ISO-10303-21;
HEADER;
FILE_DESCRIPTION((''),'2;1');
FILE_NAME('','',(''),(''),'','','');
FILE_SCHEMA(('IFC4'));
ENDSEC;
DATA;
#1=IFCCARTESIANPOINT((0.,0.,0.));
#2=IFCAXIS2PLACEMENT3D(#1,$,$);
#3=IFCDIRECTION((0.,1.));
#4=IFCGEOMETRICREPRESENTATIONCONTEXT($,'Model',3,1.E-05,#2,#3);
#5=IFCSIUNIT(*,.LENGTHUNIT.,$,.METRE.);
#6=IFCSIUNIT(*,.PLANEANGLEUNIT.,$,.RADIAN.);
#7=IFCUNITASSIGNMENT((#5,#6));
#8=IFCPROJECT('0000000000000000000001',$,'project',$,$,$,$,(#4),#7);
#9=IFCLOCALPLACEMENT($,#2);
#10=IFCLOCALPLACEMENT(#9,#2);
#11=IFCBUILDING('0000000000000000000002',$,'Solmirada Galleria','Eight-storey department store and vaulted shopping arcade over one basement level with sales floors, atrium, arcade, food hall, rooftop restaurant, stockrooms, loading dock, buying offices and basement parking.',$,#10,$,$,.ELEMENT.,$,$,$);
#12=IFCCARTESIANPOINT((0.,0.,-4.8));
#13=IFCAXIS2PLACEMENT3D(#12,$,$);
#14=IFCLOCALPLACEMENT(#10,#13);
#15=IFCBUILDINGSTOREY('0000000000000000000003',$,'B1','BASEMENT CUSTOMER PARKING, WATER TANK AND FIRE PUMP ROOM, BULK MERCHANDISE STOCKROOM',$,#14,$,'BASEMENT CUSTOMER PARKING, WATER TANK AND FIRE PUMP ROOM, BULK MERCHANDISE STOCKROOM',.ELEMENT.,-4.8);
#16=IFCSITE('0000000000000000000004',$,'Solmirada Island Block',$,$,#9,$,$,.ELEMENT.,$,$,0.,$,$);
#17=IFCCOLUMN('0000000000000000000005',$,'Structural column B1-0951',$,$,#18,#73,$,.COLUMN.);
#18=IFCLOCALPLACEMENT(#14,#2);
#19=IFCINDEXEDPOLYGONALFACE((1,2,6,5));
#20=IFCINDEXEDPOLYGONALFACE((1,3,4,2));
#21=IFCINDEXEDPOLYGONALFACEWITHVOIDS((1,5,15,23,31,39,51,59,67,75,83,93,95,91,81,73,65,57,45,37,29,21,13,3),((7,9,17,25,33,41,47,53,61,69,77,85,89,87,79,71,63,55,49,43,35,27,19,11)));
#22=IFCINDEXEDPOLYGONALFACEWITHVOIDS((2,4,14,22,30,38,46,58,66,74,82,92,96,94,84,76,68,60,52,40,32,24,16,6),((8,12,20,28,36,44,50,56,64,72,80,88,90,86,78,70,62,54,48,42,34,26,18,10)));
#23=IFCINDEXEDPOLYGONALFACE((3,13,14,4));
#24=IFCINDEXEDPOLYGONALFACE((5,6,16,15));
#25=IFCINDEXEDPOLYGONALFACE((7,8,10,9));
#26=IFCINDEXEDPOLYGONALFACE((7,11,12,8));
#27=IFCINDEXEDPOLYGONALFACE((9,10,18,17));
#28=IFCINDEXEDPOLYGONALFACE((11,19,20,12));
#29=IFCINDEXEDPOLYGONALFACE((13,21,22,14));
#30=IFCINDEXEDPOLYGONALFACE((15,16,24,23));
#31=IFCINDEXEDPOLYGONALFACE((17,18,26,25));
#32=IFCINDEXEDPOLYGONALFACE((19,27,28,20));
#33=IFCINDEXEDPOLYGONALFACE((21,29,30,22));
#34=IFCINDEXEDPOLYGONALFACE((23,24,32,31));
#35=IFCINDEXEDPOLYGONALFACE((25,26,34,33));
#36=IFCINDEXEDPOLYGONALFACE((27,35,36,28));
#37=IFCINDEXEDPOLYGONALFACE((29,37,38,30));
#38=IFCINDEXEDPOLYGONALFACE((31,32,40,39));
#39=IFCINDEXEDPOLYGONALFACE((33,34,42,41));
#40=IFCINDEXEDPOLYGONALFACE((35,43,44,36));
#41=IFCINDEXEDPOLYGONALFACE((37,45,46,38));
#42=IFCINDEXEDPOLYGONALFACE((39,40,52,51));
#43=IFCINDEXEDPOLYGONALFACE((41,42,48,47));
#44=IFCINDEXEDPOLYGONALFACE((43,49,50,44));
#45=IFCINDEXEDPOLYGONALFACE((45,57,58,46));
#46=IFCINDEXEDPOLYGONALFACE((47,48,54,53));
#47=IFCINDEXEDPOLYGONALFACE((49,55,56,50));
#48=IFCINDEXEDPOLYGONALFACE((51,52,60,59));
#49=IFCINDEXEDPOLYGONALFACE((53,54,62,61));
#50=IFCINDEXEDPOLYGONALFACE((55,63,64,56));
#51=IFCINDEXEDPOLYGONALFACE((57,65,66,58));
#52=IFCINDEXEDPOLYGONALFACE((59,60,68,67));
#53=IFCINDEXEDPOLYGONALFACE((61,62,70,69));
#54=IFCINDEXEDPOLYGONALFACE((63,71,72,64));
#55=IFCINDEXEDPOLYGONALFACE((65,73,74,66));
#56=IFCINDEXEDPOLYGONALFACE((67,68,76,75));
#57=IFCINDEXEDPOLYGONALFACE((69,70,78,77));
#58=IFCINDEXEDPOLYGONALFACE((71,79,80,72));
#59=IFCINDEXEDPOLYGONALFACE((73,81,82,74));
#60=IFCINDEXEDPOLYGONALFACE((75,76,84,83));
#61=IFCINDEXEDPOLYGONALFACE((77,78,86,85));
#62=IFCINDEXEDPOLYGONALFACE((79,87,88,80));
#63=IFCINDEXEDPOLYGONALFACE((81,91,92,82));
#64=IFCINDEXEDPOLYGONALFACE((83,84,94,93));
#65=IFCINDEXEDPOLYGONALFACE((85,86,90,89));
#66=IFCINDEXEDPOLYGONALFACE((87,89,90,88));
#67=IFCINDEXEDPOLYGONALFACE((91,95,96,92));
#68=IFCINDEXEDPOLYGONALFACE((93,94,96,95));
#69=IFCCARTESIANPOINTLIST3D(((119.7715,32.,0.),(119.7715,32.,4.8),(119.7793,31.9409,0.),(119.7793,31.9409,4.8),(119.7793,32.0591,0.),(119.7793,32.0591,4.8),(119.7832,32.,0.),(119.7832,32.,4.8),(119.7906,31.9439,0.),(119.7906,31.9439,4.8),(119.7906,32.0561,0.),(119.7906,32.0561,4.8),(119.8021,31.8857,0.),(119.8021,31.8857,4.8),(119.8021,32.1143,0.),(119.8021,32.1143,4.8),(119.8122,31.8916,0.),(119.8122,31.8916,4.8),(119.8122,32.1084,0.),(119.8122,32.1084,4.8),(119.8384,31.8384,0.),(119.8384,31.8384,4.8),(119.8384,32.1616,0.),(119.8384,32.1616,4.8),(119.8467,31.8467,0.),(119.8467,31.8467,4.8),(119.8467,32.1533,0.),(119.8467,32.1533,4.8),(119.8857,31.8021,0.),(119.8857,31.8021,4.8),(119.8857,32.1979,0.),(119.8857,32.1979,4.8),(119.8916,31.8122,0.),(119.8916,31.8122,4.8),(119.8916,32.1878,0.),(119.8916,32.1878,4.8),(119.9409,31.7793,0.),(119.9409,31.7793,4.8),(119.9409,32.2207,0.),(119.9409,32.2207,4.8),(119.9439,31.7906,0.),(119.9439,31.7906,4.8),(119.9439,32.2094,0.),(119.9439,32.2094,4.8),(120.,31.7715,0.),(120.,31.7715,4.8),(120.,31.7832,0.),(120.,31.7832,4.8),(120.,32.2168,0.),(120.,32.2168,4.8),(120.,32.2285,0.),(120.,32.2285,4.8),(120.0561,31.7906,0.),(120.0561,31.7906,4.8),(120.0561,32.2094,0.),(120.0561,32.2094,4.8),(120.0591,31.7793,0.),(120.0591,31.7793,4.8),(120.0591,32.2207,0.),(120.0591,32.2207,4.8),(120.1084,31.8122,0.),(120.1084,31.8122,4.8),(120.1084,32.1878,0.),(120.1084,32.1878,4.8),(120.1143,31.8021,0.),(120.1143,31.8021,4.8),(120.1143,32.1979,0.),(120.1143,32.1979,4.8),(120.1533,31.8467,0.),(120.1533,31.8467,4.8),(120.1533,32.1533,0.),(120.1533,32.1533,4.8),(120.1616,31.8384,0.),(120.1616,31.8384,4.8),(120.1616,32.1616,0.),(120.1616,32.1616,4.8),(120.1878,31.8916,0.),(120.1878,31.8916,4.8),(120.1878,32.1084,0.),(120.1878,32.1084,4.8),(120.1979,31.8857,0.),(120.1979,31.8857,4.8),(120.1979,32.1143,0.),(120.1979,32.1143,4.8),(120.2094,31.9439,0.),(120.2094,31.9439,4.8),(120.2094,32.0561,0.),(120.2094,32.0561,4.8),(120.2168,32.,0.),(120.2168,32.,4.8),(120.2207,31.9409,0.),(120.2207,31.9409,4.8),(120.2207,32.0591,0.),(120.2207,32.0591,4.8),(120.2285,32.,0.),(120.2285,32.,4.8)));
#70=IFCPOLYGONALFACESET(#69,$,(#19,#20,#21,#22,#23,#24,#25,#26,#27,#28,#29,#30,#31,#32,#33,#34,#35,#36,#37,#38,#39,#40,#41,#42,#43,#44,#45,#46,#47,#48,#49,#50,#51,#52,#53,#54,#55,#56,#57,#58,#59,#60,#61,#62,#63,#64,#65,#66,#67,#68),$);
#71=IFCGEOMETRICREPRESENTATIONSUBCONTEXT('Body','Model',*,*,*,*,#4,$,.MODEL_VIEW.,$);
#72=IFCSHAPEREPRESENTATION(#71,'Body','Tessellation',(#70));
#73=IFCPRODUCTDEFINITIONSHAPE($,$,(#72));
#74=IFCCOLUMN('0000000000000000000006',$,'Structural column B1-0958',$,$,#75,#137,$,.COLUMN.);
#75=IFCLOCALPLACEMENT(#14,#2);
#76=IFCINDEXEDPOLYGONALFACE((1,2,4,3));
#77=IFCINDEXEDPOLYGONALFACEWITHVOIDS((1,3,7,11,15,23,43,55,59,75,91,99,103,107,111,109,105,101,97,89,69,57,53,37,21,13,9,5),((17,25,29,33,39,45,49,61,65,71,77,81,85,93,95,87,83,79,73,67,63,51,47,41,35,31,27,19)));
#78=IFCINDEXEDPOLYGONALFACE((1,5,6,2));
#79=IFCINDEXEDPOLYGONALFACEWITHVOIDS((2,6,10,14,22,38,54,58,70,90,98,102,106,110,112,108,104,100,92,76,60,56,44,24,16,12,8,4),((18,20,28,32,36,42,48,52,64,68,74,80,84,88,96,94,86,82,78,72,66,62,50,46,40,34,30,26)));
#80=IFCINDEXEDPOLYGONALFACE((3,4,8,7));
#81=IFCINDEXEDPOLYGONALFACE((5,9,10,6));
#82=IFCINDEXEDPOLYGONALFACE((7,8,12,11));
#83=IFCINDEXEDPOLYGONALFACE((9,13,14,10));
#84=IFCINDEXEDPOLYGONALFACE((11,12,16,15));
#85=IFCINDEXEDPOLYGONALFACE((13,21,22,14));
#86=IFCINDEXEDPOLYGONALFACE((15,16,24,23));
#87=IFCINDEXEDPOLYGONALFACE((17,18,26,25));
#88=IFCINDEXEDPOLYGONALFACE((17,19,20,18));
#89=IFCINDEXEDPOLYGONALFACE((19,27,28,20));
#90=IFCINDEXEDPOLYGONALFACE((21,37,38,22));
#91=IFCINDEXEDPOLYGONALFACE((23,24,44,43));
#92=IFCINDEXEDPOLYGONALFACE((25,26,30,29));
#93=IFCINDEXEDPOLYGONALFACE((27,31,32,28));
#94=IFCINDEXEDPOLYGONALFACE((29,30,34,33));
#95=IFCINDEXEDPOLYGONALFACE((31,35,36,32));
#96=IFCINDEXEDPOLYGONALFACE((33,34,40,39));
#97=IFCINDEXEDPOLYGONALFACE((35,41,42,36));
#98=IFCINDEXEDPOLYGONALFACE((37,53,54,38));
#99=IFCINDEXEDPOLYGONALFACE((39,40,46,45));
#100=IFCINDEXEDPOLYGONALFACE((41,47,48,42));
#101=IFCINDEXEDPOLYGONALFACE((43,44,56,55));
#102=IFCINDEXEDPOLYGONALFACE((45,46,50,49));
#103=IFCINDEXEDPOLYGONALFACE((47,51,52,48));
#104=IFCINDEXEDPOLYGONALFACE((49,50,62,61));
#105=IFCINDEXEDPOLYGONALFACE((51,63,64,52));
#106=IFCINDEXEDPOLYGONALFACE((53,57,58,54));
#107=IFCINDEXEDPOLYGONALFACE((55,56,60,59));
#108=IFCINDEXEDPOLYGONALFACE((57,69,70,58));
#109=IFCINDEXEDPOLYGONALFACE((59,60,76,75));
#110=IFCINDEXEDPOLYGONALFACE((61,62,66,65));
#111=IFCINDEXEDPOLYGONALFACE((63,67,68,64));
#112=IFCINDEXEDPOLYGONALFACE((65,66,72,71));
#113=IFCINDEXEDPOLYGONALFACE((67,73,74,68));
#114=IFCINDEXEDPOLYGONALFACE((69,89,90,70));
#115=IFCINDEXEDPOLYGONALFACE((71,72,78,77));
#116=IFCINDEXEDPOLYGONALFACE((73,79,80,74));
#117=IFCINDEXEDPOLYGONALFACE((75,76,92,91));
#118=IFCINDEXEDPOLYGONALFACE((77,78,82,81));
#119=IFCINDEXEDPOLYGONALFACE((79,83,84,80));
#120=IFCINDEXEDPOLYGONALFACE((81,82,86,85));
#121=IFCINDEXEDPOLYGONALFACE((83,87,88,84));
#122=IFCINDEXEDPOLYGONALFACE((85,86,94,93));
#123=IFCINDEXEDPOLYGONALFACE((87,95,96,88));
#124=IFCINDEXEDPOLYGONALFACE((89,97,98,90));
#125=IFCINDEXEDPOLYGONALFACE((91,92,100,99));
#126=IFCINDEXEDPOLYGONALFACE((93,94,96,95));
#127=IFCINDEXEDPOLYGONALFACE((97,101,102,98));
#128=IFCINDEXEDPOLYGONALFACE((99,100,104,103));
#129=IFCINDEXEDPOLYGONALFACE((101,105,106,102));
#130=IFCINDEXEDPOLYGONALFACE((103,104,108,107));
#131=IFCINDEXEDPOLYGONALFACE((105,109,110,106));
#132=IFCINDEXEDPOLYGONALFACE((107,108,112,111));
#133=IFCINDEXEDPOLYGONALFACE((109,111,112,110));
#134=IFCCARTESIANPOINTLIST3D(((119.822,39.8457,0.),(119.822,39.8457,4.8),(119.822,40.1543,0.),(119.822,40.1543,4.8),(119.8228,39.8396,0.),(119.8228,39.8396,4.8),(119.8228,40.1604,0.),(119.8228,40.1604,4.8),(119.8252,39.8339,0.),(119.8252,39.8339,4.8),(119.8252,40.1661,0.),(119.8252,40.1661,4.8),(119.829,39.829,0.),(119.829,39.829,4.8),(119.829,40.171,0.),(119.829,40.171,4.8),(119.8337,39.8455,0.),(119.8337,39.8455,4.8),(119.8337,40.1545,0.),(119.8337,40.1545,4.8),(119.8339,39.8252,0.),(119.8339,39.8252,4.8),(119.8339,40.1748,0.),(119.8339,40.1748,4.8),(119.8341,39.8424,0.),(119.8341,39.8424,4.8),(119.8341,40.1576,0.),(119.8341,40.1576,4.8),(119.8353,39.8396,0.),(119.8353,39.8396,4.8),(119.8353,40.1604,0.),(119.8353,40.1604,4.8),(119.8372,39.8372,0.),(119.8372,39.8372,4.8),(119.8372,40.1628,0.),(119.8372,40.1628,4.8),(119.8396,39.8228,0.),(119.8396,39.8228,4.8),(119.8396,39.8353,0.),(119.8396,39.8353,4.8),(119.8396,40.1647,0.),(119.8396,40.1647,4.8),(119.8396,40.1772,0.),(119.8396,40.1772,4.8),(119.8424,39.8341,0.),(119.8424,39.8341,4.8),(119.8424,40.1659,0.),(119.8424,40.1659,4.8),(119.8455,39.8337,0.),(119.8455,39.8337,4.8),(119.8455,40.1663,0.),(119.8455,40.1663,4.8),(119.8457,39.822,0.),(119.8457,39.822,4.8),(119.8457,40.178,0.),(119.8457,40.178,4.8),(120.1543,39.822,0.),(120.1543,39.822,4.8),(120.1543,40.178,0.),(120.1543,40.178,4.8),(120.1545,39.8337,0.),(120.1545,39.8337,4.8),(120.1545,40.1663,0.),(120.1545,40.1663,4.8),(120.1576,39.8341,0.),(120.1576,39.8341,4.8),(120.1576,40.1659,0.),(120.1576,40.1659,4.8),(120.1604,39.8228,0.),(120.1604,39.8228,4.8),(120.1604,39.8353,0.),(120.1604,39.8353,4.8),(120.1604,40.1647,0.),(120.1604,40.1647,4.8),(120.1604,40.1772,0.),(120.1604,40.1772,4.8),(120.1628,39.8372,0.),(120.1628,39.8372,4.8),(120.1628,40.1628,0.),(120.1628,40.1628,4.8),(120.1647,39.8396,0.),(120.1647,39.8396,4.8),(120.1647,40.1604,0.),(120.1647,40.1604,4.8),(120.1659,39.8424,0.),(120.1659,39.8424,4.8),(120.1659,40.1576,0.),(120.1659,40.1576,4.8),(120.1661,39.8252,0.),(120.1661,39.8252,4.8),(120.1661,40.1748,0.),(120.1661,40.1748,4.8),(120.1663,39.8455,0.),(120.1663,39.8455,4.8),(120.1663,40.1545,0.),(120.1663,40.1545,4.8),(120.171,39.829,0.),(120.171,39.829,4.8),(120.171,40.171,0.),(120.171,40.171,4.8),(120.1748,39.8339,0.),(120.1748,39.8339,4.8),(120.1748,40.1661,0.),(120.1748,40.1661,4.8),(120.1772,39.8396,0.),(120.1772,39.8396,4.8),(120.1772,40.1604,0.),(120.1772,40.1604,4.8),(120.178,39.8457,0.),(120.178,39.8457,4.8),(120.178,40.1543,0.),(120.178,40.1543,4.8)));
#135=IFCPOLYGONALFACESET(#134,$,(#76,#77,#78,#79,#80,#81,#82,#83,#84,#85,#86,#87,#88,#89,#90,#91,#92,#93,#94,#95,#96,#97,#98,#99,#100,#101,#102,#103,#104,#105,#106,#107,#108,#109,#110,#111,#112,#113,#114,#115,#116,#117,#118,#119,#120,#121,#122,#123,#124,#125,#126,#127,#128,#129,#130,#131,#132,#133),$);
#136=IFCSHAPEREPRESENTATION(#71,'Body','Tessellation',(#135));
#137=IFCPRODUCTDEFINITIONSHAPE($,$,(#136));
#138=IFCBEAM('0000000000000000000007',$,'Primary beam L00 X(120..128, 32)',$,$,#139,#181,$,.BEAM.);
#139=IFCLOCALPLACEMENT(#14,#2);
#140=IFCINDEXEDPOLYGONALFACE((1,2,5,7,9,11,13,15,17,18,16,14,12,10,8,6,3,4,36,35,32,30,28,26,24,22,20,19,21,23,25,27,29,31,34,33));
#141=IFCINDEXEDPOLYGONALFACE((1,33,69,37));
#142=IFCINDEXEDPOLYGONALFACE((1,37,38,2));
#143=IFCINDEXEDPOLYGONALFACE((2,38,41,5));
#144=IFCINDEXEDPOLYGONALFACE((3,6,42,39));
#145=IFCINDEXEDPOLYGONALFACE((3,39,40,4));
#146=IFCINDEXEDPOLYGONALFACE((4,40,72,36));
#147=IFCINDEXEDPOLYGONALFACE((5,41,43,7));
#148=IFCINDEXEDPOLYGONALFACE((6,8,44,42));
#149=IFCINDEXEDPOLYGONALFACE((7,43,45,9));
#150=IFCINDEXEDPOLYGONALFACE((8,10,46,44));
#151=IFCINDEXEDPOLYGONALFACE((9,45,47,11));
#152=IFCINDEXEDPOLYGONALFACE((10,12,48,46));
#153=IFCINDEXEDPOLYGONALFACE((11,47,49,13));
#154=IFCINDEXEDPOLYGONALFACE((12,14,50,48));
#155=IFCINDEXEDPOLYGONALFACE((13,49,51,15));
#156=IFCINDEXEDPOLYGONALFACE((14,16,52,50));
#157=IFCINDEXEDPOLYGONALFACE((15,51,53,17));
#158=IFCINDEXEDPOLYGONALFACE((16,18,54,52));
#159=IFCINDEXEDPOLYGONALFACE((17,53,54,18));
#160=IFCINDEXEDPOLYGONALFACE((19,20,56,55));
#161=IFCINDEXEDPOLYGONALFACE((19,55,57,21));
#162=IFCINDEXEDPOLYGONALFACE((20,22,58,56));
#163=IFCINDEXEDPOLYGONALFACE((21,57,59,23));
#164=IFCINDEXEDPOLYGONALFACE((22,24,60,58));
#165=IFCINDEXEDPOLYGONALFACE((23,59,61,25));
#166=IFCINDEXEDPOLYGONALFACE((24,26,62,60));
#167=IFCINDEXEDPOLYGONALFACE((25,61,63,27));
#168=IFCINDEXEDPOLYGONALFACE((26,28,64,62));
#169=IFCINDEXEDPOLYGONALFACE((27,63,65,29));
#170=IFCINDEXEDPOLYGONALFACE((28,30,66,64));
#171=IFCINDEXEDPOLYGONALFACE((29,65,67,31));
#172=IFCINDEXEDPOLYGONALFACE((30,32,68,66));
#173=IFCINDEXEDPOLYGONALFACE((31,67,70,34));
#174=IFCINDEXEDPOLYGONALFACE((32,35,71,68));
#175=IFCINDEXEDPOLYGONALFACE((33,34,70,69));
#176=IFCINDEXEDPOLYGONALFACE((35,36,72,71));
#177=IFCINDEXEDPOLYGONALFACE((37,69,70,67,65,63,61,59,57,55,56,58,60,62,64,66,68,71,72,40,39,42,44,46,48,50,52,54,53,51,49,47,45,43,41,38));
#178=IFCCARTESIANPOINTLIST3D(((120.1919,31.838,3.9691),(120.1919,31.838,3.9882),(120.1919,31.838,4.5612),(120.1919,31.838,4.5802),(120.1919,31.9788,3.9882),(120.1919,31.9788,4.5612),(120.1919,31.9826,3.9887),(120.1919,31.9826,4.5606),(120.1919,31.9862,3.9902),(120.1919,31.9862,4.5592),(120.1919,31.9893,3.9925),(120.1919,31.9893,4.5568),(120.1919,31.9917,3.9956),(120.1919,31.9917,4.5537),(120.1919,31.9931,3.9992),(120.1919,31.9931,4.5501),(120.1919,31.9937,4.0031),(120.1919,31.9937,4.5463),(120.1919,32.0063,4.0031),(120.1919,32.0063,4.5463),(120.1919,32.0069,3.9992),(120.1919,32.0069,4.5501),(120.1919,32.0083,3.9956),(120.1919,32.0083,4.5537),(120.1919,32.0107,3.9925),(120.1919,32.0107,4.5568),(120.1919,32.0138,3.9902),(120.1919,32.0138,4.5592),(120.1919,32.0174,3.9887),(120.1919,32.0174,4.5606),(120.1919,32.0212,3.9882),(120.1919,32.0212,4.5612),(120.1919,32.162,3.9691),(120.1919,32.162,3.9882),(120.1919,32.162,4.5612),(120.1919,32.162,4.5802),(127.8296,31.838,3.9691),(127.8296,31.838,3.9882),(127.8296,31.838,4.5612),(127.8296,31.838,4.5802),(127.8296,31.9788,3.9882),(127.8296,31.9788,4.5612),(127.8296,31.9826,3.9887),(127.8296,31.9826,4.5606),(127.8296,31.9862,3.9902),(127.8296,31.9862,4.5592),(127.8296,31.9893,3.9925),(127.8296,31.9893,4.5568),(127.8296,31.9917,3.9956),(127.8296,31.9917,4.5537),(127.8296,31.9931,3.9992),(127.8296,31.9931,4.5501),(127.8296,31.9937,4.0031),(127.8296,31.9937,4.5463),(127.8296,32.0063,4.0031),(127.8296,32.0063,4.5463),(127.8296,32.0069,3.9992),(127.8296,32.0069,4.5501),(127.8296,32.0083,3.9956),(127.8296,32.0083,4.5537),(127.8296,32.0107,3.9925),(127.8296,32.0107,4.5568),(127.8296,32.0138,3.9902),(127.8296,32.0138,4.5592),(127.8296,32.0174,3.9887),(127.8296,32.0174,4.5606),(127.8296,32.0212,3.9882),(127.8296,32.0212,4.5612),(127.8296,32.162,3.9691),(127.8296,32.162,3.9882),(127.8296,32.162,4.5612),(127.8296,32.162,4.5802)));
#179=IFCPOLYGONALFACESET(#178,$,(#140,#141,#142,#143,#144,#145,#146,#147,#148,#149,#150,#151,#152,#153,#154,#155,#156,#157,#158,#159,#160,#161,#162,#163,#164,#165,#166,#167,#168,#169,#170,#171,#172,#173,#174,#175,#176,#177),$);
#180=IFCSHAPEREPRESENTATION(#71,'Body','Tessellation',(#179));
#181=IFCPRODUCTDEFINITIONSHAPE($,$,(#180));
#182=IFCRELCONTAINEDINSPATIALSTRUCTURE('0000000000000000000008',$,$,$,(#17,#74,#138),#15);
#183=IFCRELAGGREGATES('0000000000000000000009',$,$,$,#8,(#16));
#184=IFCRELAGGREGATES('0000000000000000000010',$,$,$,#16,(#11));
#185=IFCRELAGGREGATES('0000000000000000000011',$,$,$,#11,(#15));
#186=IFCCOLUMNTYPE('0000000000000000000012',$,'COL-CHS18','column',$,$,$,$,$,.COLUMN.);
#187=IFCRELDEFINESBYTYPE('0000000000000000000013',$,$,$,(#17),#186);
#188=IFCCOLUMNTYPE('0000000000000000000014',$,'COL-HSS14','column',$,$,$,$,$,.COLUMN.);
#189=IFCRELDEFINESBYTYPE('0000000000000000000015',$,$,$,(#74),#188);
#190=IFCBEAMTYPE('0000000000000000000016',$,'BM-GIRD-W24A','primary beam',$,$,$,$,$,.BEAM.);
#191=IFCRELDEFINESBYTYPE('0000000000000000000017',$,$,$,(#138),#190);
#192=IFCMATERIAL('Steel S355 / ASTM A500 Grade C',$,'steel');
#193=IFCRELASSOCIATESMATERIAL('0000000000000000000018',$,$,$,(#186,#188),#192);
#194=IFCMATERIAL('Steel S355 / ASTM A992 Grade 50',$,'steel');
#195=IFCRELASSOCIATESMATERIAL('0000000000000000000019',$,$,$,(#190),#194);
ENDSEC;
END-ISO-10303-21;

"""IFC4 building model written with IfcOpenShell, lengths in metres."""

from ifc_helpers import new_model, si_unit, direction, frame, origin, origin_2d, place, context, subcontext, project, spatial, hollow_rectangle, hollow_circle, i_section, extrude, material, material_profile, profile_set, type_object, element, save


model = new_model("IFC4")

# Units and contexts
model_context = context("Model", 3, precision=1e-05, world=origin(), true_north=direction((0.0, 1.0)))
body_context = subcontext(model_context, "Body", "Model", "MODEL_VIEW")
ifc_project = project(units=[si_unit("LENGTHUNIT", "METRE"), si_unit("PLANEANGLEUNIT", "RADIAN")], contexts=[model_context])

# Site, building, storey
site_placement = place(None, origin())
site = spatial("IfcSite", under=ifc_project, at=site_placement, Name="Solmirada Island Block", CompositionType="ELEMENT", RefElevation=0.0)
building_placement = place(site_placement, origin())
building = spatial("IfcBuilding", under=site, at=building_placement, Name="Solmirada Galleria", Description="Eight-storey department store and vaulted shopping arcade over one basement level with sales floors, atrium, arcade, food hall, rooftop restaurant, stockrooms, loading dock, buying offices and basement parking.", CompositionType="ELEMENT")
storey_placement = place(building_placement, frame((0.0, 0.0, -4.8)))
storey = spatial("IfcBuildingStorey", under=building, at=storey_placement, Name="B1", Description="BASEMENT CUSTOMER PARKING, WATER TANK AND FIRE PUMP ROOM, BULK MERCHANDISE STOCKROOM", LongName="BASEMENT CUSTOMER PARKING, WATER TANK AND FIRE PUMP ROOM, BULK MERCHANDISE STOCKROOM", CompositionType="ELEMENT", Elevation=-4.8)

# Columns
ifc_material_1 = material(Name="Steel S355 / ASTM A500 Grade C", Category="steel")
ifc_material_profile_1 = material_profile(ifc_material_1, hollow_circle(Radius=0.2285, WallThickness=0.0117, at=origin_2d()), Name="HSS18.000X0.500")
ifc_profile_set_1 = profile_set([ifc_material_profile_1], Name="Steel S355 / ASTM A500 Grade C")
column_type_1 = type_object("IfcColumnType", Name="COL-CHS18", Description="column", PredefinedType="COLUMN", material=ifc_profile_set_1)
column_1_placement = place(storey_placement, frame((120.0, 32.0, 0.0), z_axis=(0.0, 0.0, 1.0), x_axis=(1.0, 0.0, 0.0)))
element("IfcColumn", 1, at=column_1_placement, inside=storey, type_object=column_type_1, Name="Structural column B1-0951", PredefinedType="COLUMN", context=body_context, shape_type="SweptSolid", body=[
    extrude(hollow_circle(Radius=0.2285, WallThickness=0.0117, at=origin_2d()), origin(), (0.0, 0.0, 1.0), 4.8),
])
ifc_material_profile_2 = material_profile(ifc_material_1, hollow_rectangle(XDim=0.356, YDim=0.356, WallThickness=0.0117, InnerFilletRadius=0.0117, OuterFilletRadius=0.0237, at=origin_2d()), Name="HSS14X14X1/2")
ifc_profile_set_2 = profile_set([ifc_material_profile_2], Name="Steel S355 / ASTM A500 Grade C")
column_type_2 = type_object("IfcColumnType", Name="COL-HSS14", Description="column", PredefinedType="COLUMN", material=ifc_profile_set_2)
column_2_placement = place(storey_placement, frame((120.0, 40.0, 0.0), z_axis=(0.0, 0.0, 1.0), x_axis=(1.0, 0.0, 0.0)))
element("IfcColumn", 2, at=column_2_placement, inside=storey, type_object=column_type_2, Name="Structural column B1-0958", PredefinedType="COLUMN", context=body_context, shape_type="SweptSolid", body=[
    extrude(hollow_rectangle(XDim=0.356, YDim=0.356, WallThickness=0.0117, InnerFilletRadius=0.0117, OuterFilletRadius=0.0237, at=origin_2d()), origin(), (0.0, 0.0, 1.0), 4.8),
])

# Beam
ifc_material_2 = material(Name="Steel S355 / ASTM A992 Grade 50", Category="steel")
ifc_material_profile_3 = material_profile(ifc_material_2, i_section(OverallWidth=0.324, OverallDepth=0.6111, WebThickness=0.0127, FlangeThickness=0.019, FilletRadius=0.0149, at=origin_2d()), Name="W24X104")
ifc_profile_set_3 = profile_set([ifc_material_profile_3], Name="Steel S355 / ASTM A992 Grade 50")
beam_type_1 = type_object("IfcBeamType", Name="BM-GIRD-W24A", Description="primary beam", PredefinedType="BEAM", material=ifc_profile_set_3)
beam_1_placement = place(storey_placement, frame((120.1919, 32.0, 4.2747), z_axis=(1.0, 0.0, 0.0), x_axis=(0.0, 1.0, 0.0)))
element("IfcBeam", 3, at=beam_1_placement, inside=storey, type_object=beam_type_1, Name="Primary beam L00 X(120..128, 32)", PredefinedType="BEAM", context=body_context, shape_type="SweptSolid", body=[
    extrude(i_section(OverallWidth=0.324, OverallDepth=0.6111, WebThickness=0.0127, FlangeThickness=0.019, FilletRadius=0.0149, at=origin_2d()), origin(), (0.0, 0.0, 1.0), 7.6377),
])

save(model, "model.ifc")
